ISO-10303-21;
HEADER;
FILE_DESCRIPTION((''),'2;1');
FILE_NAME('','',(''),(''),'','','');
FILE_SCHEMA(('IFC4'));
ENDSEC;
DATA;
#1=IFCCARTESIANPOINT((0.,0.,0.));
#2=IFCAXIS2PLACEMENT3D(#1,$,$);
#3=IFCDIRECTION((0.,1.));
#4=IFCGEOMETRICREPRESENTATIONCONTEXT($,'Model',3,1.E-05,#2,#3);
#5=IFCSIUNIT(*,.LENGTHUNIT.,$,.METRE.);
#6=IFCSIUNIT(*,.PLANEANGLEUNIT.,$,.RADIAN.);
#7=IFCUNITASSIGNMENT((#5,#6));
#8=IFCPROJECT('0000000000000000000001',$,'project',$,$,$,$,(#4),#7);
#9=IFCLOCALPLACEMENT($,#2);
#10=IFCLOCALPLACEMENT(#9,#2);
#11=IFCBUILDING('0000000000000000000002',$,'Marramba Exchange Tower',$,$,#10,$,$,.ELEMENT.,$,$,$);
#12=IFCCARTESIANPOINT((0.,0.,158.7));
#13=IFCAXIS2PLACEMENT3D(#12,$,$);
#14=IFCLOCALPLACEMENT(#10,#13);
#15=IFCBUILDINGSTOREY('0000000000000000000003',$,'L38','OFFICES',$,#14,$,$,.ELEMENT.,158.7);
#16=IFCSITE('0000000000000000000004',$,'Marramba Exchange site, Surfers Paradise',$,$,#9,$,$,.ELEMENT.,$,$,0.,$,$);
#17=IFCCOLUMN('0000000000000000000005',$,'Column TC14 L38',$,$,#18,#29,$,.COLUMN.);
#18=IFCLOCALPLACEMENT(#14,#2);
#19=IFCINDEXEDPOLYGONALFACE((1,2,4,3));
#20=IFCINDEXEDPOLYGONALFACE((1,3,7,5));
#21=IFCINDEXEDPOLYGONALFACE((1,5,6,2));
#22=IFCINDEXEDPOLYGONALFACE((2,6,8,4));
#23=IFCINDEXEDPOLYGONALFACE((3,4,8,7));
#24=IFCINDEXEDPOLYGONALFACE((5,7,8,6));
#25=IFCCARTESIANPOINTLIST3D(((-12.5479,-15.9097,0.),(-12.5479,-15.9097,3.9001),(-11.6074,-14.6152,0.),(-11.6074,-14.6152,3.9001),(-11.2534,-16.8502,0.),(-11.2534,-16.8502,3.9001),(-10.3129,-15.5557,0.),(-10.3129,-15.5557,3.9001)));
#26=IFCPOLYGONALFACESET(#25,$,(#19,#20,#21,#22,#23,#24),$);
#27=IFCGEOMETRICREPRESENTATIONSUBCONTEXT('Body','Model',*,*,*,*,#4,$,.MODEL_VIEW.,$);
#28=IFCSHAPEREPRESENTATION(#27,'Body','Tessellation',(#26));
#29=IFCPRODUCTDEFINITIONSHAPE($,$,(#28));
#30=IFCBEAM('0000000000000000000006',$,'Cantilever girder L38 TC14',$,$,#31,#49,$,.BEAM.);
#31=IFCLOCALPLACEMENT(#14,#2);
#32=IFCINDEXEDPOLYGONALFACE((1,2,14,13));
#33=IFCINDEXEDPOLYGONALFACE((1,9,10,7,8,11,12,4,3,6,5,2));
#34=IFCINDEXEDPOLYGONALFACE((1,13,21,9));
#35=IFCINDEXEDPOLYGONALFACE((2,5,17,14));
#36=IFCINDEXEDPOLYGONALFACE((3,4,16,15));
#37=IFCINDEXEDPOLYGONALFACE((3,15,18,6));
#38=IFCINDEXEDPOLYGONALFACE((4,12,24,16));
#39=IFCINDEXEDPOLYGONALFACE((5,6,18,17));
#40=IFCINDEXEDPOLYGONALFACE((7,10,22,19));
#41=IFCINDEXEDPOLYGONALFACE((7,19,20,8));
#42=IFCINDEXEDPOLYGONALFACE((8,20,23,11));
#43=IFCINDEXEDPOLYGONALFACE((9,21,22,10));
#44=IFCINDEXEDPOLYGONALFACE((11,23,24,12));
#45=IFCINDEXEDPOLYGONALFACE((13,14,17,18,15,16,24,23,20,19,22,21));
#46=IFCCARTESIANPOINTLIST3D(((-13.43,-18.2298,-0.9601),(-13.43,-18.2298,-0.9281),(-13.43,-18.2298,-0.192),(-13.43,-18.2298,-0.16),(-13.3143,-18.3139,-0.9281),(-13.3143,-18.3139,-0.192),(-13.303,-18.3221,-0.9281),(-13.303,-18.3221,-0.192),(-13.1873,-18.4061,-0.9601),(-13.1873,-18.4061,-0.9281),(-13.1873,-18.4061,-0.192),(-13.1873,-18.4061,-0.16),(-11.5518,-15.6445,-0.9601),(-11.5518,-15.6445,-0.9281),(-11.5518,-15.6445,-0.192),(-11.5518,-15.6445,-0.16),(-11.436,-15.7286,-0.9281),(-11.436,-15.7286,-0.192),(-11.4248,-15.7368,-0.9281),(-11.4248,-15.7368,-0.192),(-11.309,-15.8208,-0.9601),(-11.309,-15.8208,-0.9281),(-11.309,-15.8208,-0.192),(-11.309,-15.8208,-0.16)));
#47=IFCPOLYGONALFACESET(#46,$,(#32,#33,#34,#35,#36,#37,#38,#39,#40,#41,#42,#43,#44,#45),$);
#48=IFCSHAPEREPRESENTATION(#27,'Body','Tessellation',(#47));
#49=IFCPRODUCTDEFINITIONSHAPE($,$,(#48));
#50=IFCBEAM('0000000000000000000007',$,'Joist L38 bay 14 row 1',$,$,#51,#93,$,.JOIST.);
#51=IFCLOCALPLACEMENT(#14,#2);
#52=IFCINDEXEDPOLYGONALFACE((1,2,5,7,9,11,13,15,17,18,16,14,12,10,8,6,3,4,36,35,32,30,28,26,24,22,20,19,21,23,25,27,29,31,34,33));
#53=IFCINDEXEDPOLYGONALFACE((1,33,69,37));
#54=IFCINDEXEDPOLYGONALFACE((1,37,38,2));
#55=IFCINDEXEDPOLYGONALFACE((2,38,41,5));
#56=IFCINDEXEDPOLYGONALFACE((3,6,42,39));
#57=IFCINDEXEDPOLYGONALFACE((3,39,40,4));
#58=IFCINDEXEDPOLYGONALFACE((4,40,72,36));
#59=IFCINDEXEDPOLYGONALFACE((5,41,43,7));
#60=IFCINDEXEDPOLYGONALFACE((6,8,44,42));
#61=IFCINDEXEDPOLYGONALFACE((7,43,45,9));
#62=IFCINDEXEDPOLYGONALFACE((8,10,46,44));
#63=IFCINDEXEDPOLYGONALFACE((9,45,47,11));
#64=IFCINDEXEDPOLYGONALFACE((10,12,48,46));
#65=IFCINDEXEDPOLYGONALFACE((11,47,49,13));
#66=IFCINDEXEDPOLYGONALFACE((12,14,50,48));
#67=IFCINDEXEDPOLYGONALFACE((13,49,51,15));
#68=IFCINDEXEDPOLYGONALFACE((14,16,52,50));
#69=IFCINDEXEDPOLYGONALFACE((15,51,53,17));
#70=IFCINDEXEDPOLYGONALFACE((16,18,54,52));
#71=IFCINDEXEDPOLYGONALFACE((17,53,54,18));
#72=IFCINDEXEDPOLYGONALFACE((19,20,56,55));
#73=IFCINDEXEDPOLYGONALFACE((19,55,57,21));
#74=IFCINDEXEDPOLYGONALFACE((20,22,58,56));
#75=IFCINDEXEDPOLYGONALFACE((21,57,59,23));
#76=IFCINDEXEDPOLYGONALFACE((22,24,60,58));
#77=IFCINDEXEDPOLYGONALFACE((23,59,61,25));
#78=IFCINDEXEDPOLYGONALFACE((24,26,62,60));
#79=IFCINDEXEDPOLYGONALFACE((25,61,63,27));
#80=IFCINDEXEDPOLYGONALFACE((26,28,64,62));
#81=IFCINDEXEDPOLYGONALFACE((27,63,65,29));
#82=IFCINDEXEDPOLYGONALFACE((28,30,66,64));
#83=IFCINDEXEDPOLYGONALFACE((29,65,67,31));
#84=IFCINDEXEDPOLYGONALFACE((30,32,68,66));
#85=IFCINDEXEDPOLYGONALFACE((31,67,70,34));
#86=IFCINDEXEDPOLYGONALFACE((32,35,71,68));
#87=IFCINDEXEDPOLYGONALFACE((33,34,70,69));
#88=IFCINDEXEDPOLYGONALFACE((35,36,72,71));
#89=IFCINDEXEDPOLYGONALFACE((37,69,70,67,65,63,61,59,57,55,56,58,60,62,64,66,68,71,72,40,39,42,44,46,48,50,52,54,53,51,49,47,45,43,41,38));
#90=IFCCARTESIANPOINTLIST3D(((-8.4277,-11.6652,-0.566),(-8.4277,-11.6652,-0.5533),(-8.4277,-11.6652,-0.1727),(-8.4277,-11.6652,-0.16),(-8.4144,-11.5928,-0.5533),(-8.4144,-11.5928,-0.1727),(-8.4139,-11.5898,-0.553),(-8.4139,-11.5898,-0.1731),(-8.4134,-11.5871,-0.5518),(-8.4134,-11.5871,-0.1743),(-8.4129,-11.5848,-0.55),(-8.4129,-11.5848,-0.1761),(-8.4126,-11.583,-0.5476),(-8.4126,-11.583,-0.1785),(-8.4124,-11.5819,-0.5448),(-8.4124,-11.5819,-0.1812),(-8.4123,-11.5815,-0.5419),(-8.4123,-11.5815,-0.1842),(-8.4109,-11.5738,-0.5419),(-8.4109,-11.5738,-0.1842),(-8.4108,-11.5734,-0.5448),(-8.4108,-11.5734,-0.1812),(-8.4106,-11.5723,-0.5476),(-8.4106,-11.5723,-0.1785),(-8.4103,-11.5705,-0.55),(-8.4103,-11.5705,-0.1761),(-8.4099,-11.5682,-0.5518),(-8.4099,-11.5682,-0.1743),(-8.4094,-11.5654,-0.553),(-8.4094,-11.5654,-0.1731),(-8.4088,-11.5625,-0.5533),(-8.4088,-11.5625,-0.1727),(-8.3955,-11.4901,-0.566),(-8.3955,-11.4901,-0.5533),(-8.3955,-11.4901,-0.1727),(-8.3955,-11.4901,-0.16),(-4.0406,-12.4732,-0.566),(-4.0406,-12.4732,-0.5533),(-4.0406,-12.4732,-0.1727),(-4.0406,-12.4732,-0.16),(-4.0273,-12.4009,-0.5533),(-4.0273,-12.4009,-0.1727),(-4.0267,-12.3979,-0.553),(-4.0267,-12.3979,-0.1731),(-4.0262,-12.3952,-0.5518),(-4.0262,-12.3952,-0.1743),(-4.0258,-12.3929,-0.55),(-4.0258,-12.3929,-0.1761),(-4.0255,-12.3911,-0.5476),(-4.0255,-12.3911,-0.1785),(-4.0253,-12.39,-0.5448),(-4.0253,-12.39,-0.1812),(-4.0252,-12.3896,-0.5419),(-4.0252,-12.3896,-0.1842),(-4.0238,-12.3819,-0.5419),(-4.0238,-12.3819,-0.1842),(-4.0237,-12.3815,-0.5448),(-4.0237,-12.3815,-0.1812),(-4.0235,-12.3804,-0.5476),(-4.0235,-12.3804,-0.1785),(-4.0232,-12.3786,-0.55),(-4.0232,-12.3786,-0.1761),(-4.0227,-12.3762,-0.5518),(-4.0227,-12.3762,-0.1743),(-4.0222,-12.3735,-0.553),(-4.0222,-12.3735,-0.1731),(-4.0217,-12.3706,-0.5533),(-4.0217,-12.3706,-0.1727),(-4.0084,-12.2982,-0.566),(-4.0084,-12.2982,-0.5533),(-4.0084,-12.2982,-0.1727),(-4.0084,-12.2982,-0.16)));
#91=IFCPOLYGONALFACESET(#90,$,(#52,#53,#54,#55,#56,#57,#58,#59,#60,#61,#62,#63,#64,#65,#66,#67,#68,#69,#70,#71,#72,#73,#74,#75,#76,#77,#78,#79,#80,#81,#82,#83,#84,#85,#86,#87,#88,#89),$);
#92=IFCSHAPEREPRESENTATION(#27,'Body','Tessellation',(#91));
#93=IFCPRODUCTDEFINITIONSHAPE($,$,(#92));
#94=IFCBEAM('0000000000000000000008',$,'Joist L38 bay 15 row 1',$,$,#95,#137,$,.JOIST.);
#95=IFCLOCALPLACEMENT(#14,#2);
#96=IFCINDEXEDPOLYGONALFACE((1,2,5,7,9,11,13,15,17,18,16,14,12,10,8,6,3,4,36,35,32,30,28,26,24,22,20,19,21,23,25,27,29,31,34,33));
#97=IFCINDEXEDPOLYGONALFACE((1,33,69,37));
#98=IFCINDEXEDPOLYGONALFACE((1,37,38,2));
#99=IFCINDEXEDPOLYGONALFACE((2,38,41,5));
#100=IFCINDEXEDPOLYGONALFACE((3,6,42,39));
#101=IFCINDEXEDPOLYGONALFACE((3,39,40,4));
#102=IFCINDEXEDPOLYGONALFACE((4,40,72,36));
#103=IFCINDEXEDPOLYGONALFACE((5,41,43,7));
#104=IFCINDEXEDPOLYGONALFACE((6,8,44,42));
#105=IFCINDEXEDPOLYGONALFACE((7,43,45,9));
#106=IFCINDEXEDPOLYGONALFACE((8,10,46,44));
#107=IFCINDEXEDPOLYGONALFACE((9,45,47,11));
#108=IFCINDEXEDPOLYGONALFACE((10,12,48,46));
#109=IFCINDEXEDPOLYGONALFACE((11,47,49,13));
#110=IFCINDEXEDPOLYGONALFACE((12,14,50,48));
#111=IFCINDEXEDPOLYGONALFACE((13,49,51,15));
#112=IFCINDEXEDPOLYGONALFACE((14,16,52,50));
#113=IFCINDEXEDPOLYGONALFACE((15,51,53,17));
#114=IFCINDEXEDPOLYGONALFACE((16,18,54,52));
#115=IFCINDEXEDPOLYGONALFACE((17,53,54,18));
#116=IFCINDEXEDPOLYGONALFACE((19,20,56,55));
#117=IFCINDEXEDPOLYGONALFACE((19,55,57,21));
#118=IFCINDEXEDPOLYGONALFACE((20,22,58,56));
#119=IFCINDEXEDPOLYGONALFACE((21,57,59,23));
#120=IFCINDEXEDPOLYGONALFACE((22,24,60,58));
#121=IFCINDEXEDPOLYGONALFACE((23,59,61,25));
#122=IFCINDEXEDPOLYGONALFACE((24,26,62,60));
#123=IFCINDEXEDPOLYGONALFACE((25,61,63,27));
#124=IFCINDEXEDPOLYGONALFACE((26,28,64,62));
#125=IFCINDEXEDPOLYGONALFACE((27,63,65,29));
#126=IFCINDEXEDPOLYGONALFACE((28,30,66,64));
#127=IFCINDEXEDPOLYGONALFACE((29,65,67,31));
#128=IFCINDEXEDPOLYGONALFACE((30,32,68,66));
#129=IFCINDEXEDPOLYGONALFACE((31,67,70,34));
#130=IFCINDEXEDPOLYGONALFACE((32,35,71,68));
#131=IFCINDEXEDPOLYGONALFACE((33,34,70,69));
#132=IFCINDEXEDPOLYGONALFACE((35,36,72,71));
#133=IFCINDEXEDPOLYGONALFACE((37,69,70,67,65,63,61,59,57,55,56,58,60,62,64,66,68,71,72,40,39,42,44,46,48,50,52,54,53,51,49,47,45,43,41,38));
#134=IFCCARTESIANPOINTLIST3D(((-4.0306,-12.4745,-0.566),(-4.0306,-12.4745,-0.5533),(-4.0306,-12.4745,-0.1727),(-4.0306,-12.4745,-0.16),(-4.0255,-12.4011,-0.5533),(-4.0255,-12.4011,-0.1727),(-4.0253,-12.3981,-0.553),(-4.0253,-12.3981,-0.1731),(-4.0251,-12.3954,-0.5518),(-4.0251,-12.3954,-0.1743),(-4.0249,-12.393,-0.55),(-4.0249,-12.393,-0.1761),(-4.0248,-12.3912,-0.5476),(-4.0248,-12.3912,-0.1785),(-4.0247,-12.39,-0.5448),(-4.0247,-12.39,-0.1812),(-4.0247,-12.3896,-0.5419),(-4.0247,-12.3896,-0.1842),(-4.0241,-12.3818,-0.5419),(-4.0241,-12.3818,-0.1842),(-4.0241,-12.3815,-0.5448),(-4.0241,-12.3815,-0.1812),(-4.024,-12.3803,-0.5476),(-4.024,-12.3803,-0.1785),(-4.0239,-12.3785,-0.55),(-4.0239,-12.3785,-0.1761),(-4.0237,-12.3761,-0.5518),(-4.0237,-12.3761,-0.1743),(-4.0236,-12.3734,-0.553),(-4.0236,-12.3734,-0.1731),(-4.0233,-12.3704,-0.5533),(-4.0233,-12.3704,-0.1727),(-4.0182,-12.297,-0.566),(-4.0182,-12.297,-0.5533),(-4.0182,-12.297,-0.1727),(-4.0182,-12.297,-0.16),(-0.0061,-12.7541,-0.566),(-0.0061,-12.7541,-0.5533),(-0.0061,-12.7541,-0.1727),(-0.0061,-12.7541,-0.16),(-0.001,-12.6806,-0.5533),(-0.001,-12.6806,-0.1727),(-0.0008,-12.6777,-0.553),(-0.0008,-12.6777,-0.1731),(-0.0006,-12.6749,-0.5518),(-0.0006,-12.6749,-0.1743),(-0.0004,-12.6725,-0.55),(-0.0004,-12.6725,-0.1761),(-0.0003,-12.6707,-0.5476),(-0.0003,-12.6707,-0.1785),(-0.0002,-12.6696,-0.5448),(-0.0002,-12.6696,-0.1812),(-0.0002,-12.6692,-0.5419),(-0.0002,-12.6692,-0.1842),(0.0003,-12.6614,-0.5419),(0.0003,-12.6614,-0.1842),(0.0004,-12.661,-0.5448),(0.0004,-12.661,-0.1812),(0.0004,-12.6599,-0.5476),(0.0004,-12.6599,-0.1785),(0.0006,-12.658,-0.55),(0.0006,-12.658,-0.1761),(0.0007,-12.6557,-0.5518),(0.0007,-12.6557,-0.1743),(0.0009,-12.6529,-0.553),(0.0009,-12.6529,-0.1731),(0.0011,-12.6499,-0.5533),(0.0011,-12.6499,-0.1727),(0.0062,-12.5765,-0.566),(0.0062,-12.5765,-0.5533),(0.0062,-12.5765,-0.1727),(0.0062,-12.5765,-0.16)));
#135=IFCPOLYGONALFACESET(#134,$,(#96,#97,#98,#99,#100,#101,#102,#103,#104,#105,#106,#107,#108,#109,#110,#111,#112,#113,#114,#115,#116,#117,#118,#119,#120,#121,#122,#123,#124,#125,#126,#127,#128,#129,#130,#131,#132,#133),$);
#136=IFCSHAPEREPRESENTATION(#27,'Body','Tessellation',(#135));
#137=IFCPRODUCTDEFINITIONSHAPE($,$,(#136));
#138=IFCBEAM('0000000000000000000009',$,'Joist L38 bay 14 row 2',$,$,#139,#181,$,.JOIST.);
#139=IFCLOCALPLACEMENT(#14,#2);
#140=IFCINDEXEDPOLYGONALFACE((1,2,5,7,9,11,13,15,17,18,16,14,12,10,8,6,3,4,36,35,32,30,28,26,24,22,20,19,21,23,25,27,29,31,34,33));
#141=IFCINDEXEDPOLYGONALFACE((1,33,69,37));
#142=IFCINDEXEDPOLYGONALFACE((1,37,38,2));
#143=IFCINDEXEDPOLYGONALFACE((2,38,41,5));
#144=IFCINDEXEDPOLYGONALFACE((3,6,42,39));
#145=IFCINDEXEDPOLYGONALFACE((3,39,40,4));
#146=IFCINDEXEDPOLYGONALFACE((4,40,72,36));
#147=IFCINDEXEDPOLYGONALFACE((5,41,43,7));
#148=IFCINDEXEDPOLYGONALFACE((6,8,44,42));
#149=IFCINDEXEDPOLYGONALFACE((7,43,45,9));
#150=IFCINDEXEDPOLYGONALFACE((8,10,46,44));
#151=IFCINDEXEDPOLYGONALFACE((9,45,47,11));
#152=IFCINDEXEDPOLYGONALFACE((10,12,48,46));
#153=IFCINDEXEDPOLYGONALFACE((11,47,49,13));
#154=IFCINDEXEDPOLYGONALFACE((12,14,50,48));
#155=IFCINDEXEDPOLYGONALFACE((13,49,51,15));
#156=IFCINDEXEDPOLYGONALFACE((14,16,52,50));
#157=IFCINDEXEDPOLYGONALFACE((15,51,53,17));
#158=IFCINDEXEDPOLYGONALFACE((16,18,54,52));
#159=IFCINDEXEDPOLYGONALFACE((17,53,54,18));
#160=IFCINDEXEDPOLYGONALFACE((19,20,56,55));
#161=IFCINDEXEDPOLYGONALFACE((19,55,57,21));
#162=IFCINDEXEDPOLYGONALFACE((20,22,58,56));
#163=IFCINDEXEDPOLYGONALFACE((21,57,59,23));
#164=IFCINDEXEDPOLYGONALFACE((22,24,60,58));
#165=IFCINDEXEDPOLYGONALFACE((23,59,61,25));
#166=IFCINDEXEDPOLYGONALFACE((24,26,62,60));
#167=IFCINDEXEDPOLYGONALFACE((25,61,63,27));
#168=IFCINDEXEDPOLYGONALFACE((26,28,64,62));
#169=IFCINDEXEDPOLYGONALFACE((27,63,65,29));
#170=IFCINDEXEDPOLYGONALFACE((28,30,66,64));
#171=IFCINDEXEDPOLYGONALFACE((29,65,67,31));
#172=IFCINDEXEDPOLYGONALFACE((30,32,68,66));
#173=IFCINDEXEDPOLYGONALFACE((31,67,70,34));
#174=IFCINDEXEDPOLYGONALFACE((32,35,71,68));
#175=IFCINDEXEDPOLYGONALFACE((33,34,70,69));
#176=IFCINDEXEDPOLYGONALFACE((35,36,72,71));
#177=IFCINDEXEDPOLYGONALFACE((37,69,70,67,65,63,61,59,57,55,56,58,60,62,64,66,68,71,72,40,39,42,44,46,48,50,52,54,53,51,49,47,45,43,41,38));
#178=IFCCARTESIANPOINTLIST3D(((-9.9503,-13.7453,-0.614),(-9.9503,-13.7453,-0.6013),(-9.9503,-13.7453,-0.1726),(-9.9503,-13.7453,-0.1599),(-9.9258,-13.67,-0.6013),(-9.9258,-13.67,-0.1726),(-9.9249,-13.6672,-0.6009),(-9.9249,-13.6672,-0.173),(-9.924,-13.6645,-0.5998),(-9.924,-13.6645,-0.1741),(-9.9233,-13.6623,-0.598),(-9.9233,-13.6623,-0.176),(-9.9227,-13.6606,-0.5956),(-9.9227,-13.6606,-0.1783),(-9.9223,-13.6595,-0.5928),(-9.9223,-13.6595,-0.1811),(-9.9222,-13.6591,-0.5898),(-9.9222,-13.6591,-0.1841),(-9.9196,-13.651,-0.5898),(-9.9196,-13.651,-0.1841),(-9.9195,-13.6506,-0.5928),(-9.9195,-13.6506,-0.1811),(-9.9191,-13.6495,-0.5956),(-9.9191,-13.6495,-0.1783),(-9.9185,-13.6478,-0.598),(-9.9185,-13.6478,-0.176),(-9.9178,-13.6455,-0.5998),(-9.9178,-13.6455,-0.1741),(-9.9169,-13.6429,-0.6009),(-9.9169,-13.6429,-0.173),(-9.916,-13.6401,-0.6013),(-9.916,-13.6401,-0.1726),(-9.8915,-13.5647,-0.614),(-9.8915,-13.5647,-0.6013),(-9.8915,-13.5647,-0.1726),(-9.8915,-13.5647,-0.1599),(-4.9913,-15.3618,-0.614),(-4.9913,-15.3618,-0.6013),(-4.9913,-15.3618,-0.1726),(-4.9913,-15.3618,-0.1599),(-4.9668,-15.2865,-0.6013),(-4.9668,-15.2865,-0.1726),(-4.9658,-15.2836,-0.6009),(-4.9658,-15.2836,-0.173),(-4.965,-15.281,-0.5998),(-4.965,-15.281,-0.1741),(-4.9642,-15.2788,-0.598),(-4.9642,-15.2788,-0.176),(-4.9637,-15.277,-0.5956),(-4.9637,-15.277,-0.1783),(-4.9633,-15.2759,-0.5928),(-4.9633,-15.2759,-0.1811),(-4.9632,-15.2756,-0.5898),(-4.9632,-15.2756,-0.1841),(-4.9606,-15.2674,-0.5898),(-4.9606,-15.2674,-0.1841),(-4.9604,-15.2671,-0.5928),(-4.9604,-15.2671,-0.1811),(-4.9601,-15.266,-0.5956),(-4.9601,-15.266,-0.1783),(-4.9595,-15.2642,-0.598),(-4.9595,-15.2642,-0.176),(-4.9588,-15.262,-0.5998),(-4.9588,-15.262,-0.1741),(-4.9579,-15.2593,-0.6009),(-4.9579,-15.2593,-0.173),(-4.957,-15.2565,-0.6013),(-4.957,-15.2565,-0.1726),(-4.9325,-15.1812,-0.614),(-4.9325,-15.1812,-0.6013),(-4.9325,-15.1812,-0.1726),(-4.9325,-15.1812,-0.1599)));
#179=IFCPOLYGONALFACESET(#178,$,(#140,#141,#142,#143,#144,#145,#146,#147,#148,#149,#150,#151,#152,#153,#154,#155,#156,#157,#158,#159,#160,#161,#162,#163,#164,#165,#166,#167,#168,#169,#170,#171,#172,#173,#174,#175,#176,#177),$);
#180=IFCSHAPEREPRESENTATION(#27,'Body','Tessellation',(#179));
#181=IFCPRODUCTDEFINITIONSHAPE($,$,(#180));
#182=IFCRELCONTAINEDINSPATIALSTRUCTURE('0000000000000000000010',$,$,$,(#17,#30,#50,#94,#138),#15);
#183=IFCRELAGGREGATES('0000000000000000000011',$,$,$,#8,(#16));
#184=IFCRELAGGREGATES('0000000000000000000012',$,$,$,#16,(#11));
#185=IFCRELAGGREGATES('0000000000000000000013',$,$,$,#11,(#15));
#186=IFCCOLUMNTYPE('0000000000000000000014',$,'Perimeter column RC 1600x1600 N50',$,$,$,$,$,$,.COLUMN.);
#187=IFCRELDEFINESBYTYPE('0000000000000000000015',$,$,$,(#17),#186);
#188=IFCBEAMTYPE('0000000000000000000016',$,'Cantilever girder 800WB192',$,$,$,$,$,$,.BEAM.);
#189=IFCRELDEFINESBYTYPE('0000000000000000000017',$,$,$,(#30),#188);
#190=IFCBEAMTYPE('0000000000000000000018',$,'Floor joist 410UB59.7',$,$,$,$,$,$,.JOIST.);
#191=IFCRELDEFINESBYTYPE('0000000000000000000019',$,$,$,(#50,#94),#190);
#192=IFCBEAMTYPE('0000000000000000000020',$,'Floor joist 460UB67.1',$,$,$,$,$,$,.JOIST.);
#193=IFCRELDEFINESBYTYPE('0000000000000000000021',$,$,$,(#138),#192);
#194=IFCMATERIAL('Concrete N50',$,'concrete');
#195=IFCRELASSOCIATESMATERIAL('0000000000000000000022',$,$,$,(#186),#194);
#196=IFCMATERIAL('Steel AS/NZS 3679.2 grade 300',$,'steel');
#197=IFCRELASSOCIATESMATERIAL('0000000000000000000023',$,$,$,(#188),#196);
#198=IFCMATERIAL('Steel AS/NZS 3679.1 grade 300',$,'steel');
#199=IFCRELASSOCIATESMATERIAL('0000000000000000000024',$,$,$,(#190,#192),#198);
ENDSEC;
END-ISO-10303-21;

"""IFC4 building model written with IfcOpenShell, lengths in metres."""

from ifc_helpers import new_model, si_unit, direction, frame, origin, origin_2d, place, context, subcontext, project, spatial, rectangle, i_section, extrude, material, material_profile, profile_set, type_object, element, save


model = new_model("IFC4")

# Units and contexts
model_context = context("Model", 3, precision=1e-05, world=origin(), true_north=direction((0.0, 1.0)))
body_context = subcontext(model_context, "Body", "Model", "MODEL_VIEW")
ifc_project = project(units=[si_unit("LENGTHUNIT", "METRE"), si_unit("PLANEANGLEUNIT", "RADIAN")], contexts=[model_context])

# Site, building, storey
site_placement = place(None, origin())
site = spatial("IfcSite", under=ifc_project, at=site_placement, Name="Marramba Exchange site, Surfers Paradise", CompositionType="ELEMENT", RefElevation=0.0)
building_placement = place(site_placement, origin())
building = spatial("IfcBuilding", under=site, at=building_placement, Name="Marramba Exchange Tower", CompositionType="ELEMENT")
storey_placement = place(building_placement, frame((0.0, 0.0, 158.7)))
storey = spatial("IfcBuildingStorey", under=building, at=storey_placement, Name="L38", Description="OFFICES", CompositionType="ELEMENT", Elevation=158.7)

# Column
ifc_material_1 = material(Name="Concrete N50", Category="concrete")
ifc_material_profile_1 = material_profile(ifc_material_1, rectangle(XDim=1.6001, YDim=1.6001, at=origin_2d()), Name="RC 1600x1600")
ifc_profile_set_1 = profile_set([ifc_material_profile_1], Name="Concrete N50")
column_type = type_object("IfcColumnType", Name="Perimeter column RC 1600x1600 N50", PredefinedType="COLUMN", material=ifc_profile_set_1)
column_placement = place(storey_placement, frame((-11.4304, -15.7327, 0.0), z_axis=(0.0, 0.0, 1.0), x_axis=(-0.587785, -0.809017, 0.0)))
element("IfcColumn", 1, at=column_placement, inside=storey, type_object=column_type, Name="Column TC14 L38", PredefinedType="COLUMN", context=body_context, shape_type="SweptSolid", body=[
    extrude(rectangle(XDim=1.6001, YDim=1.6001, at=origin_2d()), origin(), (0.0, 0.0, 1.0), 3.9001),
])

# Beams
ifc_material_2 = material(Name="Steel AS/NZS 3679.2 grade 300", Category="steel")
ifc_material_profile_2 = material_profile(ifc_material_2, i_section(OverallWidth=0.3, OverallDepth=0.8, WebThickness=0.0139, FlangeThickness=0.032, at=origin_2d()), Name="800WB192")
ifc_profile_set_2 = profile_set([ifc_material_profile_2], Name="Steel AS/NZS 3679.2 grade 300")
beam_type_1 = type_object("IfcBeamType", Name="Cantilever girder 800WB192", PredefinedType="BEAM", material=ifc_profile_set_2)
beam_1_placement = place(storey_placement, frame((-11.4304, -15.7327, -0.5601), z_axis=(-0.587767, -0.80903, 0.0), x_axis=(0.80903, -0.587767, 0.0)))
element("IfcBeam", 2, at=beam_1_placement, inside=storey, type_object=beam_type_1, Name="Cantilever girder L38 TC14", PredefinedType="BEAM", context=body_context, shape_type="SweptSolid", body=[
    extrude(i_section(OverallWidth=0.3, OverallDepth=0.8, WebThickness=0.0139, FlangeThickness=0.032, at=origin_2d()), origin(), (0.0, 0.0, 1.0), 3.1956),
])
ifc_material_3 = material(Name="Steel AS/NZS 3679.1 grade 300", Category="steel")
ifc_material_profile_3 = material_profile(ifc_material_3, i_section(OverallWidth=0.178, OverallDepth=0.406, WebThickness=0.0078, FlangeThickness=0.0127, FilletRadius=0.0115, at=origin_2d()), Name="410UB59.7")
ifc_profile_set_3 = profile_set([ifc_material_profile_3], Name="Steel AS/NZS 3679.1 grade 300")
beam_type_2 = type_object("IfcBeamType", Name="Floor joist 410UB59.7", PredefinedType="JOIST", material=ifc_profile_set_3)
beam_2_placement = place(storey_placement, frame((-8.4116, -11.5776, -0.363), z_axis=(0.983456, -0.181149, 0.0), x_axis=(0.181149, 0.983456, 0.0)))
element("IfcBeam", 3, at=beam_2_placement, inside=storey, type_object=beam_type_2, Name="Joist L38 bay 14 row 1", PredefinedType="JOIST", context=body_context, shape_type="SweptSolid", body=[
    extrude(i_section(OverallWidth=0.178, OverallDepth=0.406, WebThickness=0.0078, FlangeThickness=0.0127, FilletRadius=0.0115, at=origin_2d()), origin(), (0.0, 0.0, 1.0), 4.4609),
])
beam_3_placement = place(storey_placement, frame((-4.0244, -12.3857, -0.363), z_axis=(0.997596, -0.069294, 0.0), x_axis=(0.069294, 0.997596, 0.0)))
element("IfcBeam", 4, at=beam_3_placement, inside=storey, type_object=beam_type_2, Name="Joist L38 bay 15 row 1", PredefinedType="JOIST", context=body_context, shape_type="SweptSolid", body=[
    extrude(i_section(OverallWidth=0.178, OverallDepth=0.406, WebThickness=0.0078, FlangeThickness=0.0127, FilletRadius=0.0115, at=origin_2d()), origin(), (0.0, 0.0, 1.0), 4.0342),
])
ifc_material_profile_4 = material_profile(ifc_material_3, i_section(OverallWidth=0.1899, OverallDepth=0.4541, WebThickness=0.0085, FlangeThickness=0.0127, FilletRadius=0.0115, at=origin_2d()), Name="460UB67.1")
ifc_profile_set_4 = profile_set([ifc_material_profile_4], Name="Steel AS/NZS 3679.1 grade 300")
beam_type_3 = type_object("IfcBeamType", Name="Floor joist 460UB67.1", PredefinedType="JOIST", material=ifc_profile_set_4)
beam_4_placement = place(storey_placement, frame((-9.9209, -13.655, -0.387), z_axis=(0.950764, -0.309916, 0.0), x_axis=(0.309916, 0.950764, 0.0)))
element("IfcBeam", 5, at=beam_4_placement, inside=storey, type_object=beam_type_3, Name="Joist L38 bay 14 row 2", PredefinedType="JOIST", context=body_context, shape_type="SweptSolid", body=[
    extrude(i_section(OverallWidth=0.1899, OverallDepth=0.4541, WebThickness=0.0085, FlangeThickness=0.0127, FilletRadius=0.0115, at=origin_2d()), origin(), (0.0, 0.0, 1.0), 5.2158),
])

save(model, "model.ifc")
